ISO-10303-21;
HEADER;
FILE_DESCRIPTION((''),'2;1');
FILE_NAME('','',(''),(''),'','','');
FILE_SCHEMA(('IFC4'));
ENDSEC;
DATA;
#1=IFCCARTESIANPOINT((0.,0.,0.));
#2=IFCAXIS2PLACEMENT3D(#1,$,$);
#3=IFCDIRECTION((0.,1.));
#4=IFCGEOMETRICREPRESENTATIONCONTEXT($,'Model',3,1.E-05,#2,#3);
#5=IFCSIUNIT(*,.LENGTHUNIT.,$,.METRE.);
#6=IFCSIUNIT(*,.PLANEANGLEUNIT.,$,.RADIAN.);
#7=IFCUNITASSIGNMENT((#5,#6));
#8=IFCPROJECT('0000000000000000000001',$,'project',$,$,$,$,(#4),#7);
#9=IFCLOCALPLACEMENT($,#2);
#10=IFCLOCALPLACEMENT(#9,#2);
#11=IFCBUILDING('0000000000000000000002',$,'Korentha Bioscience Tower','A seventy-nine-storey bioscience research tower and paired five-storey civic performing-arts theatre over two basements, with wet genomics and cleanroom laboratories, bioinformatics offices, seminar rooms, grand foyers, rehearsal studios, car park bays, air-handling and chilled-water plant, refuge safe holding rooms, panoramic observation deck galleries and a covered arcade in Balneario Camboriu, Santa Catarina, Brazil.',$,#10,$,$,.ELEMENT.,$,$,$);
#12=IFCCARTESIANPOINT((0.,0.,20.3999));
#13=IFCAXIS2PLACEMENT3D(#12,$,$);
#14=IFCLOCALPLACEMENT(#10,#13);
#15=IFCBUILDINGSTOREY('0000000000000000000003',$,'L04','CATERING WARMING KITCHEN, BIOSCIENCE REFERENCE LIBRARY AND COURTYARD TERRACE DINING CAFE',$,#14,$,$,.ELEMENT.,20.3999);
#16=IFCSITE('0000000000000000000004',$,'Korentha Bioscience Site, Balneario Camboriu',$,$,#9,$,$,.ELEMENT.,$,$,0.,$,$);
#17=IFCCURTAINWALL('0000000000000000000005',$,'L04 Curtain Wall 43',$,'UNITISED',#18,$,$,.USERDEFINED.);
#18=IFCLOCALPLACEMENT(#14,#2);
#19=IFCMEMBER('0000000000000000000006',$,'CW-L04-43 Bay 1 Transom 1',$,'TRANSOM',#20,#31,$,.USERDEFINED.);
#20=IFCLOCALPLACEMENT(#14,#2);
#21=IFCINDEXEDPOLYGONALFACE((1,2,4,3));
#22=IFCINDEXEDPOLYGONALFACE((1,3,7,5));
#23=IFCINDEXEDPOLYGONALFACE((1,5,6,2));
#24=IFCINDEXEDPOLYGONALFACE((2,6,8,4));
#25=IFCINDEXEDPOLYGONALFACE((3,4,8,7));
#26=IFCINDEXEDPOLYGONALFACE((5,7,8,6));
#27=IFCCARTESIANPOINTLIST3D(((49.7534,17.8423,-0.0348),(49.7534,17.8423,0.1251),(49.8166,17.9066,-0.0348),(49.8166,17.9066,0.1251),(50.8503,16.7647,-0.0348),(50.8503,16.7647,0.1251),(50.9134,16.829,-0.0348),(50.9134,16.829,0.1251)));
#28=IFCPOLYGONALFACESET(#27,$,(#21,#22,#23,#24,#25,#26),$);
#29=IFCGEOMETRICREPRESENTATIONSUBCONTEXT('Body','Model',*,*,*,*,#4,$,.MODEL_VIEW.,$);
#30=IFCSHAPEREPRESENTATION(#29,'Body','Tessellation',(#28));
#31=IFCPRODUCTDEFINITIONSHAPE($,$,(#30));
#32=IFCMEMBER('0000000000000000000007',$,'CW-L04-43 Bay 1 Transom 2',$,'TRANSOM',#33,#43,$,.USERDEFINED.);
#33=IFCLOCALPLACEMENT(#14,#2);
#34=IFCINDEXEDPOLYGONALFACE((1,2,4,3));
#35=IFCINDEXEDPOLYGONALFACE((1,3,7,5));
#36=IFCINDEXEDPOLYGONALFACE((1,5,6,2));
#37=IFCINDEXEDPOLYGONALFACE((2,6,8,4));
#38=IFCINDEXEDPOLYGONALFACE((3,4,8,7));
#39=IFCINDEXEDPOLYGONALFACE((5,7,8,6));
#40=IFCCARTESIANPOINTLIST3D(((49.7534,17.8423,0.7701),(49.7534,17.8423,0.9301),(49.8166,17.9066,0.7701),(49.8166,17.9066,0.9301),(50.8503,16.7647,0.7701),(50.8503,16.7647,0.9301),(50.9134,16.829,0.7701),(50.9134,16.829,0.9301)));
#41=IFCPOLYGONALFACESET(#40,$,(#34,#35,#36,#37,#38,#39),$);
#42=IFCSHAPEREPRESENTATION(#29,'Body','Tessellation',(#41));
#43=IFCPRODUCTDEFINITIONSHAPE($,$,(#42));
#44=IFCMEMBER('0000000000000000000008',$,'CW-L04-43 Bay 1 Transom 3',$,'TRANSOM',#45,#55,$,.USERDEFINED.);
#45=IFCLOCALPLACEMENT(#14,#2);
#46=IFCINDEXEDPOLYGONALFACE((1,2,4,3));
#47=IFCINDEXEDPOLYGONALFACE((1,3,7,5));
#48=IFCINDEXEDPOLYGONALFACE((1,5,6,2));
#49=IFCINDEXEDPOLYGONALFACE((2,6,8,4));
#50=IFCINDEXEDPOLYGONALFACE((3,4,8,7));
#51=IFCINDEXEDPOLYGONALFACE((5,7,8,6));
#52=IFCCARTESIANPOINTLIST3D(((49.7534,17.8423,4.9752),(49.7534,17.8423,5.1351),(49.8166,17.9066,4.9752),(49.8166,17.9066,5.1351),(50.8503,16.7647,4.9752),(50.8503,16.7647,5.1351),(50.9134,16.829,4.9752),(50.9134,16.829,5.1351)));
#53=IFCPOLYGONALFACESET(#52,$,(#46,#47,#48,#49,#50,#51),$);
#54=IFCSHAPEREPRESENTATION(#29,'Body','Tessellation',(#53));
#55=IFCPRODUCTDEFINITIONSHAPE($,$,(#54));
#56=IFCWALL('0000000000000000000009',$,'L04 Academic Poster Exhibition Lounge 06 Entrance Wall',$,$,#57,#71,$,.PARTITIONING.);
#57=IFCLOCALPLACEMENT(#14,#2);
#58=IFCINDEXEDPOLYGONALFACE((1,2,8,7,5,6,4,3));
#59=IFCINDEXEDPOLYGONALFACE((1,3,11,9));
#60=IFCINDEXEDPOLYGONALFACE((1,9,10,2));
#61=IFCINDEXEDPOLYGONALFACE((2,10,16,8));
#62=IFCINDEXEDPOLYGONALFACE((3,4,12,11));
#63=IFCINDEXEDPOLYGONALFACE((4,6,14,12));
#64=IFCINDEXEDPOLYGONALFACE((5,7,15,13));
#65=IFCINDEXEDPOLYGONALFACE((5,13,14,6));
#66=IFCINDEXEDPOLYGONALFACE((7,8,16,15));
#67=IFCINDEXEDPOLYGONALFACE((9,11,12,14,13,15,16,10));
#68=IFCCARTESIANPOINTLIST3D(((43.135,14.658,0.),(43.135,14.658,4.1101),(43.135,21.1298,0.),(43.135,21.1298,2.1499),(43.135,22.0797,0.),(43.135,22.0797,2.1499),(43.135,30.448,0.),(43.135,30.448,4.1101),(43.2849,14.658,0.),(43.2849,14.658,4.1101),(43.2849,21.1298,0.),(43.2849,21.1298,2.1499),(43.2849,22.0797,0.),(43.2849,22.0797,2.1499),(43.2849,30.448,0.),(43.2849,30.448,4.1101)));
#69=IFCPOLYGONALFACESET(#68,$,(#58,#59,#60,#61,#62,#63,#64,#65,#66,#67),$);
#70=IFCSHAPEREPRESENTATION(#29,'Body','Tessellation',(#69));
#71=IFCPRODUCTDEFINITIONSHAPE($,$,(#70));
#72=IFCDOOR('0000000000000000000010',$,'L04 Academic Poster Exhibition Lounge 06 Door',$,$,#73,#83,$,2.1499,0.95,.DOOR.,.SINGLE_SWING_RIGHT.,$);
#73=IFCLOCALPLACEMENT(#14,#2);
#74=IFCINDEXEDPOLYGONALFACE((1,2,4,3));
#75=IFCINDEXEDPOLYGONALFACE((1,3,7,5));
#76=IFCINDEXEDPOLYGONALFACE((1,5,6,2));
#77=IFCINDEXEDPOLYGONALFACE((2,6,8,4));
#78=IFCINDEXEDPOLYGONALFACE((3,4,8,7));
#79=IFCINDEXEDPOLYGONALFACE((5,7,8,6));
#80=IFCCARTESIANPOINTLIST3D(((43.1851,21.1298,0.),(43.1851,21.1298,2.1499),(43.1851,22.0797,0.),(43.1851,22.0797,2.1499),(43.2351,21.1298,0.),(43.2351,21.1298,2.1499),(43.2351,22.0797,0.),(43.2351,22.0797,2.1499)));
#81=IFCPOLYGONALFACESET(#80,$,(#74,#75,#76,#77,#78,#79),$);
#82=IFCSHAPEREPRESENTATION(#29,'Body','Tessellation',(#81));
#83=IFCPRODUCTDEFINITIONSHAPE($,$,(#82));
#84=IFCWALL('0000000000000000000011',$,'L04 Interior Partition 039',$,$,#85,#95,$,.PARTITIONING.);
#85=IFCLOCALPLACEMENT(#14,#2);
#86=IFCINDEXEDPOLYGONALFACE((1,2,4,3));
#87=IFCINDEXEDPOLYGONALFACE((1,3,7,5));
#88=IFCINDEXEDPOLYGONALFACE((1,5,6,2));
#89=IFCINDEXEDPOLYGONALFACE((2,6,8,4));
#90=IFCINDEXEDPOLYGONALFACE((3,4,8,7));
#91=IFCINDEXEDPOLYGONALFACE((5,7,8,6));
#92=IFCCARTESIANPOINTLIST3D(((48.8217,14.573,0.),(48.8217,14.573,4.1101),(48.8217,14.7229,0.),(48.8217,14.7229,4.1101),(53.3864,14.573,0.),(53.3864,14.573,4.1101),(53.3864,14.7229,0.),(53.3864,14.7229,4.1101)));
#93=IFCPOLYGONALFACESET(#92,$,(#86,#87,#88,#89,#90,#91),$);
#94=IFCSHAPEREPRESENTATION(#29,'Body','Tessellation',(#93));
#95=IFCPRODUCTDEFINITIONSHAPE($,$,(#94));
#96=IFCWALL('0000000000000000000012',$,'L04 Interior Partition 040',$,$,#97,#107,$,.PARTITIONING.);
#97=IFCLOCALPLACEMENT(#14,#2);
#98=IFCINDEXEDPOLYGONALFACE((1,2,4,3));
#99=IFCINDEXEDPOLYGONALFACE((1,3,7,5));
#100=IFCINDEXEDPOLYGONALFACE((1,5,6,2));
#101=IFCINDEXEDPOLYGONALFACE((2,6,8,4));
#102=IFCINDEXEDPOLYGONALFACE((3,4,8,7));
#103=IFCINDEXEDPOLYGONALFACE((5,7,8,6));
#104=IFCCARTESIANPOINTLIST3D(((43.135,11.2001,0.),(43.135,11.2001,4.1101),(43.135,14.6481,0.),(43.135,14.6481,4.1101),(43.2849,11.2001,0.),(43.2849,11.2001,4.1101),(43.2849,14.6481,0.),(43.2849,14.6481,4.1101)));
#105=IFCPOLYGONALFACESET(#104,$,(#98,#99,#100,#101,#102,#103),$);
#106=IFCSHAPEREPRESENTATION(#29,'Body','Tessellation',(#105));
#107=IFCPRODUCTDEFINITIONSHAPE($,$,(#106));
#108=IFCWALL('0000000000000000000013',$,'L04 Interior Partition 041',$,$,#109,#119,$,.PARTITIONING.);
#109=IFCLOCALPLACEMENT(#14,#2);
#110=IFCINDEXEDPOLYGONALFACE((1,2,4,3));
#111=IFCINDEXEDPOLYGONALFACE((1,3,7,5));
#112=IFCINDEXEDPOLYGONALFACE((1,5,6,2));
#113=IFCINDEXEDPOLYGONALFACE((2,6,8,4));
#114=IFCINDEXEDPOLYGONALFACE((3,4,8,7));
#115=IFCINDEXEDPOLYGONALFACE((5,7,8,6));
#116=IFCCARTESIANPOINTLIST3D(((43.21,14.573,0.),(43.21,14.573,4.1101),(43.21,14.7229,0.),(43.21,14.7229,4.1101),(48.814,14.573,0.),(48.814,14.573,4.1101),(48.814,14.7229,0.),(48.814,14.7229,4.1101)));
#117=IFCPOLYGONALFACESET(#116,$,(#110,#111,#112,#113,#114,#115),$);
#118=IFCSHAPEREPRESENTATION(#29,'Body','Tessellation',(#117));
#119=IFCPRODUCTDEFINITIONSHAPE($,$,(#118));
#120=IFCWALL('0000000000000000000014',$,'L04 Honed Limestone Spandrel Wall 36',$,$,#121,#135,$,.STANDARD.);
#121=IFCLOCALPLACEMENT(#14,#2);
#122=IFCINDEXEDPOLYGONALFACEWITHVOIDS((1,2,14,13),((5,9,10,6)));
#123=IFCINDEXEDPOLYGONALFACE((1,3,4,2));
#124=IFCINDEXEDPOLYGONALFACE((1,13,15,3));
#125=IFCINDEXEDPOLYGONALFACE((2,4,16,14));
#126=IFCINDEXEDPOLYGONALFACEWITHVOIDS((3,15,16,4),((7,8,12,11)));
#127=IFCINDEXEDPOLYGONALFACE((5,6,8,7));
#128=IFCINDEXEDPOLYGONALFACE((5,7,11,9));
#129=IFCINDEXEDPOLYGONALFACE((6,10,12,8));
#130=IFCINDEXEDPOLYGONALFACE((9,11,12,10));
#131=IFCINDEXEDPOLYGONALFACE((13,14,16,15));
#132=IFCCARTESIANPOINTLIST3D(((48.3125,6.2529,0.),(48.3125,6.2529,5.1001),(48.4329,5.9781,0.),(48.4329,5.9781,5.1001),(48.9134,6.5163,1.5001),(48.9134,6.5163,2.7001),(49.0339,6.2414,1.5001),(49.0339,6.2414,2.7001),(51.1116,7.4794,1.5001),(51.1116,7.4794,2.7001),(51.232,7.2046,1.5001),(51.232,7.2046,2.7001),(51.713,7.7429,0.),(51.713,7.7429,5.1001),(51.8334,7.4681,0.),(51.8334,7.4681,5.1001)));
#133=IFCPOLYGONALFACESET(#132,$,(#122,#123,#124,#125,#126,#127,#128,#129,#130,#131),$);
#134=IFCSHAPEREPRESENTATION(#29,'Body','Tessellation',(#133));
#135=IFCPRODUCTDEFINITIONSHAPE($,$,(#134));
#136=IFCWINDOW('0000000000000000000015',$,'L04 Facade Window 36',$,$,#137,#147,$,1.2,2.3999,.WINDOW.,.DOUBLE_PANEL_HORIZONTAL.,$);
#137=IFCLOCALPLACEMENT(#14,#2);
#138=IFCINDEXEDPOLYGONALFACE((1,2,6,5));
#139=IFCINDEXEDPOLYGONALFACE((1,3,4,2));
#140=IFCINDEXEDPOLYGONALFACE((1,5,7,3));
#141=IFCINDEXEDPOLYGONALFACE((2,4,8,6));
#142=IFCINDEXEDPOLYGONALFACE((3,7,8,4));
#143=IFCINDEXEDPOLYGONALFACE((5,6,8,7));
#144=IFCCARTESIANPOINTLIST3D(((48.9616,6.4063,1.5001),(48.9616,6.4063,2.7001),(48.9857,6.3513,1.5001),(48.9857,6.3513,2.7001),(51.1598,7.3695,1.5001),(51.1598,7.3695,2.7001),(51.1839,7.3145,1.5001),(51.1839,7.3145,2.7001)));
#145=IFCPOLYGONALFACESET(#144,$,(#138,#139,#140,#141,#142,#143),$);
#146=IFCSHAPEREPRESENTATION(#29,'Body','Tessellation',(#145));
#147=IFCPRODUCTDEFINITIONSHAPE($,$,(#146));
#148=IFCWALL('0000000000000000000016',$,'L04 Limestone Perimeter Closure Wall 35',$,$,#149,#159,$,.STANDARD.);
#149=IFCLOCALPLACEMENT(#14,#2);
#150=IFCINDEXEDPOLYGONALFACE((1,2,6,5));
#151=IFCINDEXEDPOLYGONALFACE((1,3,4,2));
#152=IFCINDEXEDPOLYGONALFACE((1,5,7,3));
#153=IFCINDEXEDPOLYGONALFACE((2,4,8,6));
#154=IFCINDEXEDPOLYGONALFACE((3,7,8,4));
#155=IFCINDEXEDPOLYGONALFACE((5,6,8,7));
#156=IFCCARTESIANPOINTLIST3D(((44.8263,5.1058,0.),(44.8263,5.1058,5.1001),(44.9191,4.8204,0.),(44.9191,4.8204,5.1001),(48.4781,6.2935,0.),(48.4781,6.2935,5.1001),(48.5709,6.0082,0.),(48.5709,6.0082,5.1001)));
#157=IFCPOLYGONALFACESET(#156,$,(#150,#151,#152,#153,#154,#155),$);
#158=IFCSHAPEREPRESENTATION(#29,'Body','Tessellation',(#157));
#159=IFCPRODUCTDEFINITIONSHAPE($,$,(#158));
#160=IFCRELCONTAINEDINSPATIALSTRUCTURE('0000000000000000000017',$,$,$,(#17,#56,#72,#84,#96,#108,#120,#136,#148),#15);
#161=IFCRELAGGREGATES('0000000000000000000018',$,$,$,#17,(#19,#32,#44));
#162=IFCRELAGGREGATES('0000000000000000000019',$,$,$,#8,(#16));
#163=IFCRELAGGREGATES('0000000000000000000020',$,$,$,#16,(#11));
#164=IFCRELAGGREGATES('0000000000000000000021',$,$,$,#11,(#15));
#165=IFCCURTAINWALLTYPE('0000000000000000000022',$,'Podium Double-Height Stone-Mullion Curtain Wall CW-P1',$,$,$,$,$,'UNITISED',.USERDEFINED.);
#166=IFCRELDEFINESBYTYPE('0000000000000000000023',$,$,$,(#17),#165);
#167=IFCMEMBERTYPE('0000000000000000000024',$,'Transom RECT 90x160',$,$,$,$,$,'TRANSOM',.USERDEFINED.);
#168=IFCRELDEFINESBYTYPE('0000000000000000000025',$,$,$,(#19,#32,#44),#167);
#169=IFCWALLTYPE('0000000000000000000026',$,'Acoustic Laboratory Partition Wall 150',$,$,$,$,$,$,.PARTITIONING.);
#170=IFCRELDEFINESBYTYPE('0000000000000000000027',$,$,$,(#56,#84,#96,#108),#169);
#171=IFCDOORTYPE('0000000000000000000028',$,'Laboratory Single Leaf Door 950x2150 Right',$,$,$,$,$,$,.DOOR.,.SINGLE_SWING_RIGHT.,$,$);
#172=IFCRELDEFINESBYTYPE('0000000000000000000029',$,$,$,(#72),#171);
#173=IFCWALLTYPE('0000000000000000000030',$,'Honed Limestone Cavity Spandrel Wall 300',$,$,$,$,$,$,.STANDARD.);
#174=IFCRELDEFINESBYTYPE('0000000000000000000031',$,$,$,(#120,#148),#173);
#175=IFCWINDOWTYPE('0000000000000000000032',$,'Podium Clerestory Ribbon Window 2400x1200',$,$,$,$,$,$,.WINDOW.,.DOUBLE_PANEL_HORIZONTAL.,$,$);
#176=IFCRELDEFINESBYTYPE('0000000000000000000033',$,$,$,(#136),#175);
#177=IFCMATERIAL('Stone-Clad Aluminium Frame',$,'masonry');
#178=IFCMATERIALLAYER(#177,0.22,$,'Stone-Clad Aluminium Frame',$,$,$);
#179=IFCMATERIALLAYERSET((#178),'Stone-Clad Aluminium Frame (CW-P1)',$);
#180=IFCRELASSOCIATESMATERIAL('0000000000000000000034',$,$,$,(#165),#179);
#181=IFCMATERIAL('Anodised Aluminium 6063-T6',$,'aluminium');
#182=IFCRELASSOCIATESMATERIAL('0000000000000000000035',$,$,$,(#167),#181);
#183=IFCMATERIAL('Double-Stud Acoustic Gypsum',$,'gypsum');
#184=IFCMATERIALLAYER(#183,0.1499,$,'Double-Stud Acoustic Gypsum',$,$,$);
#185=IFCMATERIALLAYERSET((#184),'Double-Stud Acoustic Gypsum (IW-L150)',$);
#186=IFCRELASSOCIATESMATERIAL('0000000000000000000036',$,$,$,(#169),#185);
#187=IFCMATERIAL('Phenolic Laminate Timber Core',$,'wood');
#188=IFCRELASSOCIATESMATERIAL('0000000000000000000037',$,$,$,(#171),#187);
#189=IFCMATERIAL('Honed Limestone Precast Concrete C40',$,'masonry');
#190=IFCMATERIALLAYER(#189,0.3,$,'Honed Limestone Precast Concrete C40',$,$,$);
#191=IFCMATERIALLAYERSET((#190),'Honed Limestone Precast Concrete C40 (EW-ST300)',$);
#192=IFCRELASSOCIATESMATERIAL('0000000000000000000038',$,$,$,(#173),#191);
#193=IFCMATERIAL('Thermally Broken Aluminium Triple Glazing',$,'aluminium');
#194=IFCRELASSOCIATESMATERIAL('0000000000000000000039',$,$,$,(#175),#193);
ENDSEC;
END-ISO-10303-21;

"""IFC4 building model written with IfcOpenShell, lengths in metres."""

from ifc_helpers import new_model, si_unit, direction, frame, frame_2d, origin, origin_2d, place, context, subcontext, project, spatial, rectangle, extrude, material, layer, layer_set, material_profile, profile_set, type_object, element, fill, aggregate, save


model = new_model("IFC4")

# Units and contexts
model_context = context("Model", 3, precision=1e-05, world=origin(), true_north=direction((0.0, 1.0)))
body_context = subcontext(model_context, "Body", "Model", "MODEL_VIEW")
ifc_project = project(units=[si_unit("LENGTHUNIT", "METRE"), si_unit("PLANEANGLEUNIT", "RADIAN")], contexts=[model_context])

# Site, building, storey
site_placement = place(None, origin())
site = spatial("IfcSite", under=ifc_project, at=site_placement, Name="Korentha Bioscience Site, Balneario Camboriu", CompositionType="ELEMENT", RefElevation=0.0)
building_placement = place(site_placement, origin())
building = spatial("IfcBuilding", under=site, at=building_placement, Name="Korentha Bioscience Tower", Description="A seventy-nine-storey bioscience research tower and paired five-storey civic performing-arts theatre over two basements, with wet genomics and cleanroom laboratories, bioinformatics offices, seminar rooms, grand foyers, rehearsal studios, car park bays, air-handling and chilled-water plant, refuge safe holding rooms, panoramic observation deck galleries and a covered arcade in Balneario Camboriu, Santa Catarina, Brazil.", CompositionType="ELEMENT")
storey_placement = place(building_placement, frame((0.0, 0.0, 20.3999)))
storey = spatial("IfcBuildingStorey", under=building, at=storey_placement, Name="L04", Description="CATERING WARMING KITCHEN, BIOSCIENCE REFERENCE LIBRARY AND COURTYARD TERRACE DINING CAFE", CompositionType="ELEMENT", Elevation=20.3999)

# Curtain wall
ifc_material_1 = material(Name="Stone-Clad Aluminium Frame", Category="masonry")
ifc_layer_1 = layer(ifc_material_1, 0.22, Name="Stone-Clad Aluminium Frame")
ifc_layer_set_1 = layer_set([ifc_layer_1], Name="Stone-Clad Aluminium Frame (CW-P1)")
curtain_wall_type = type_object("IfcCurtainWallType", Name="Podium Double-Height Stone-Mullion Curtain Wall CW-P1", ElementType="UNITISED", PredefinedType="USERDEFINED", material=ifc_layer_set_1)
curtain_wall_placement = place(storey_placement, origin())
curtain_wall = element("IfcCurtainWall", 1, at=curtain_wall_placement, inside=storey, type_object=curtain_wall_type, Name="L04 Curtain Wall 43", ObjectType="UNITISED", PredefinedType="USERDEFINED")
ifc_material_2 = material(Name="Anodised Aluminium 6063-T6", Category="aluminium")

# Members
ifc_material_profile_1 = material_profile(ifc_material_2, rectangle(XDim=0.0901, YDim=0.1599, at=origin_2d()), Name="Anodised Aluminium 6063-T6")
ifc_profile_set_1 = profile_set([ifc_material_profile_1], Name="Anodised Aluminium 6063-T6 (CW-TRN)")
member_type_1 = type_object("IfcMemberType", Name="Transom RECT 90x160", ElementType="TRANSOM", PredefinedType="USERDEFINED", material=ifc_profile_set_1)
member_1_placement = place(storey_placement, frame((50.8818, 16.7969, 0.0452), z_axis=(-0.71335, 0.700808, 0.0), x_axis=(-0.700808, -0.71335, 0.0)))
member_1 = element("IfcMember", 2, at=member_1_placement, type_object=member_type_1, Name="CW-L04-43 Bay 1 Transom 1", ObjectType="TRANSOM", PredefinedType="USERDEFINED", context=body_context, shape_type="SweptSolid", body=[
    extrude(rectangle(XDim=0.0901, YDim=0.1599, at=origin_2d()), origin(), (0.0, 0.0, 1.0), 1.5376),
])
member_2_placement = place(storey_placement, frame((50.8818, 16.7969, 0.8501), z_axis=(-0.71335, 0.700808, 0.0), x_axis=(-0.700808, -0.71335, 0.0)))
member_2 = element("IfcMember", 3, at=member_2_placement, type_object=member_type_1, Name="CW-L04-43 Bay 1 Transom 2", ObjectType="TRANSOM", PredefinedType="USERDEFINED", context=body_context, shape_type="SweptSolid", body=[
    extrude(rectangle(XDim=0.0901, YDim=0.1599, at=origin_2d()), origin(), (0.0, 0.0, 1.0), 1.5376),
])
member_3_placement = place(storey_placement, frame((50.8818, 16.7969, 5.0552), z_axis=(-0.71335, 0.700808, 0.0), x_axis=(-0.700808, -0.71335, 0.0)))
member_3 = element("IfcMember", 4, at=member_3_placement, type_object=member_type_1, Name="CW-L04-43 Bay 1 Transom 3", ObjectType="TRANSOM", PredefinedType="USERDEFINED", context=body_context, shape_type="SweptSolid", body=[
    extrude(rectangle(XDim=0.0901, YDim=0.1599, at=origin_2d()), origin(), (0.0, 0.0, 1.0), 1.5376),
])
aggregate(curtain_wall, [member_1, member_2, member_3])

# Wall, opening, door
ifc_material_3 = material(Name="Double-Stud Acoustic Gypsum", Category="gypsum")
ifc_layer_2 = layer(ifc_material_3, 0.1499, Name="Double-Stud Acoustic Gypsum")
ifc_layer_set_2 = layer_set([ifc_layer_2], Name="Double-Stud Acoustic Gypsum (IW-L150)")
wall_type_1 = type_object("IfcWallType", Name="Acoustic Laboratory Partition Wall 150", PredefinedType="PARTITIONING", material=ifc_layer_set_2)
wall_1_placement = place(storey_placement, frame((43.21, 14.658, 0.0), z_axis=(0.0, 0.0, 1.0), x_axis=(0.0, 1.0, 0.0)))
wall_1 = element("IfcWall", 5, at=wall_1_placement, inside=storey, type_object=wall_type_1, Name="L04 Academic Poster Exhibition Lounge 06 Entrance Wall", PredefinedType="PARTITIONING", context=body_context, shape_type="SweptSolid", body=[
    extrude(rectangle(XDim=15.79, YDim=0.1499, at=frame_2d((7.895, 0.0))), origin(), (0.0, 0.0, 1.0), 4.1101),
])
opening_1_placement = place(wall_1_placement, frame((6.4717, 0.0, 0.0)))
opening_1 = element("IfcOpeningElement", 6, at=opening_1_placement, cuts=wall_1, PredefinedType="OPENING", context=body_context, shape_type="SweptSolid", body=[
    extrude(rectangle(XDim=0.95, YDim=2.1499, at=frame_2d((0.4751, 1.075))), frame((0.0, 0.0898, 0.0), z_axis=(0.0, -1.0, 0.0), x_axis=(1.0, 0.0, 0.0)), (0.0, 0.0, 1.0), 0.1797),
])
ifc_material_4 = material(Name="Phenolic Laminate Timber Core", Category="wood")
door_type = type_object("IfcDoorType", Name="Laboratory Single Leaf Door 950x2150 Right", OperationType="SINGLE_SWING_RIGHT", PredefinedType="DOOR", material=ifc_material_4)
door_placement = place(opening_1_placement, origin())
door = element("IfcDoor", 7, at=door_placement, inside=storey, type_object=door_type, Name="L04 Academic Poster Exhibition Lounge 06 Door", OperationType="SINGLE_SWING_RIGHT", OverallHeight=2.1499, OverallWidth=0.95, PredefinedType="DOOR", context=body_context, shape_type="SweptSolid", body=[
    extrude(rectangle(XDim=0.95, YDim=2.1499, at=frame_2d((0.4751, 1.075))), frame((0.0, 0.0249, 0.0), z_axis=(0.0, -1.0, 0.0), x_axis=(1.0, 0.0, 0.0)), (0.0, 0.0, 1.0), 0.05),
])
fill(opening_1, door)

# Walls
wall_2_placement = place(storey_placement, frame((48.8218, 14.6479, 0.0), z_axis=(0.0, 0.0, 1.0), x_axis=(1.0, 0.0, 0.0)))
element("IfcWall", 8, at=wall_2_placement, inside=storey, type_object=wall_type_1, Name="L04 Interior Partition 039", PredefinedType="PARTITIONING", context=body_context, shape_type="SweptSolid", body=[
    extrude(rectangle(XDim=4.5647, YDim=0.1499, at=frame_2d((2.2822, 0.0))), origin(), (0.0, 0.0, 1.0), 4.1101),
])
wall_3_placement = place(storey_placement, frame((43.21, 11.2, 0.0), z_axis=(0.0, 0.0, 1.0), x_axis=(0.0, 1.0, 0.0)))
element("IfcWall", 9, at=wall_3_placement, inside=storey, type_object=wall_type_1, Name="L04 Interior Partition 040", PredefinedType="PARTITIONING", context=body_context, shape_type="SweptSolid", body=[
    extrude(rectangle(XDim=3.448, YDim=0.1499, at=frame_2d((1.7241, 0.0))), origin(), (0.0, 0.0, 1.0), 4.1101),
])
wall_4_placement = place(storey_placement, frame((43.21, 14.6479, 0.0), z_axis=(0.0, 0.0, 1.0), x_axis=(1.0, 0.0, 0.0)))
element("IfcWall", 10, at=wall_4_placement, inside=storey, type_object=wall_type_1, Name="L04 Interior Partition 041", PredefinedType="PARTITIONING", context=body_context, shape_type="SweptSolid", body=[
    extrude(rectangle(XDim=5.604, YDim=0.1499, at=frame_2d((2.802, 0.0))), origin(), (0.0, 0.0, 1.0), 4.1101),
])

# Wall, opening, window
ifc_material_5 = material(Name="Honed Limestone Precast Concrete C40", Category="masonry")
ifc_layer_3 = layer(ifc_material_5, 0.3, Name="Honed Limestone Precast Concrete C40")
ifc_layer_set_3 = layer_set([ifc_layer_3], Name="Honed Limestone Precast Concrete C40 (EW-ST300)")
wall_type_2 = type_object("IfcWallType", Name="Honed Limestone Cavity Spandrel Wall 300", PredefinedType="STANDARD", material=ifc_layer_set_3)
wall_5_placement = place(storey_placement, frame((48.3726, 6.1155, 0.0), z_axis=(0.0, 0.0, 1.0), x_axis=(0.915938, 0.401319, 0.0)))
wall_5 = element("IfcWall", 11, at=wall_5_placement, inside=storey, type_object=wall_type_2, Name="L04 Honed Limestone Spandrel Wall 36", PredefinedType="STANDARD", context=body_context, shape_type="SweptSolid", body=[
    extrude(rectangle(XDim=3.7126, YDim=0.3, at=frame_2d((1.8564, 0.0))), origin(), (0.0, 0.0, 1.0), 5.1001),
])
opening_2_placement = place(wall_5_placement, frame((0.6562, 0.0, 1.5)))
opening_2 = element("IfcOpeningElement", 12, at=opening_2_placement, cuts=wall_5, PredefinedType="OPENING", context=body_context, shape_type="SweptSolid", body=[
    extrude(rectangle(XDim=2.3999, YDim=1.2, at=frame_2d((1.2, 0.6001))), frame((0.0, 0.165, 0.0), z_axis=(0.0, -1.0, 0.0), x_axis=(1.0, 0.0, 0.0)), (0.0, 0.0, 1.0), 0.3298),
])
ifc_material_6 = material(Name="Thermally Broken Aluminium Triple Glazing", Category="aluminium")
window_type = type_object("IfcWindowType", Name="Podium Clerestory Ribbon Window 2400x1200", PartitioningType="DOUBLE_PANEL_HORIZONTAL", PredefinedType="WINDOW", material=ifc_material_6)
window_placement = place(opening_2_placement, origin())
window = element("IfcWindow", 13, at=window_placement, inside=storey, type_object=window_type, Name="L04 Facade Window 36", OverallHeight=1.2, OverallWidth=2.3999, PartitioningType="DOUBLE_PANEL_HORIZONTAL", PredefinedType="WINDOW", context=body_context, shape_type="SweptSolid", body=[
    extrude(rectangle(XDim=2.3999, YDim=1.2, at=frame_2d((1.2, 0.6001))), frame((0.0, 0.03, 0.0), z_axis=(0.0, -1.0, 0.0), x_axis=(1.0, 0.0, 0.0)), (0.0, 0.0, 1.0), 0.0601),
])
fill(opening_2, window)

# Wall
wall_6_placement = place(storey_placement, frame((44.8728, 4.9631, 0.0), z_axis=(0.0, 0.0, 1.0), x_axis=(0.950966, 0.309296, 0.0)))
element("IfcWall", 14, at=wall_6_placement, inside=storey, type_object=wall_type_2, Name="L04 Limestone Perimeter Closure Wall 35", PredefinedType="STANDARD", context=body_context, shape_type="SweptSolid", body=[
    extrude(rectangle(XDim=3.8401, YDim=0.3, at=frame_2d((1.9199, 0.0))), origin(), (0.0, 0.0, 1.0), 5.1001),
])

save(model, "model.ifc")
